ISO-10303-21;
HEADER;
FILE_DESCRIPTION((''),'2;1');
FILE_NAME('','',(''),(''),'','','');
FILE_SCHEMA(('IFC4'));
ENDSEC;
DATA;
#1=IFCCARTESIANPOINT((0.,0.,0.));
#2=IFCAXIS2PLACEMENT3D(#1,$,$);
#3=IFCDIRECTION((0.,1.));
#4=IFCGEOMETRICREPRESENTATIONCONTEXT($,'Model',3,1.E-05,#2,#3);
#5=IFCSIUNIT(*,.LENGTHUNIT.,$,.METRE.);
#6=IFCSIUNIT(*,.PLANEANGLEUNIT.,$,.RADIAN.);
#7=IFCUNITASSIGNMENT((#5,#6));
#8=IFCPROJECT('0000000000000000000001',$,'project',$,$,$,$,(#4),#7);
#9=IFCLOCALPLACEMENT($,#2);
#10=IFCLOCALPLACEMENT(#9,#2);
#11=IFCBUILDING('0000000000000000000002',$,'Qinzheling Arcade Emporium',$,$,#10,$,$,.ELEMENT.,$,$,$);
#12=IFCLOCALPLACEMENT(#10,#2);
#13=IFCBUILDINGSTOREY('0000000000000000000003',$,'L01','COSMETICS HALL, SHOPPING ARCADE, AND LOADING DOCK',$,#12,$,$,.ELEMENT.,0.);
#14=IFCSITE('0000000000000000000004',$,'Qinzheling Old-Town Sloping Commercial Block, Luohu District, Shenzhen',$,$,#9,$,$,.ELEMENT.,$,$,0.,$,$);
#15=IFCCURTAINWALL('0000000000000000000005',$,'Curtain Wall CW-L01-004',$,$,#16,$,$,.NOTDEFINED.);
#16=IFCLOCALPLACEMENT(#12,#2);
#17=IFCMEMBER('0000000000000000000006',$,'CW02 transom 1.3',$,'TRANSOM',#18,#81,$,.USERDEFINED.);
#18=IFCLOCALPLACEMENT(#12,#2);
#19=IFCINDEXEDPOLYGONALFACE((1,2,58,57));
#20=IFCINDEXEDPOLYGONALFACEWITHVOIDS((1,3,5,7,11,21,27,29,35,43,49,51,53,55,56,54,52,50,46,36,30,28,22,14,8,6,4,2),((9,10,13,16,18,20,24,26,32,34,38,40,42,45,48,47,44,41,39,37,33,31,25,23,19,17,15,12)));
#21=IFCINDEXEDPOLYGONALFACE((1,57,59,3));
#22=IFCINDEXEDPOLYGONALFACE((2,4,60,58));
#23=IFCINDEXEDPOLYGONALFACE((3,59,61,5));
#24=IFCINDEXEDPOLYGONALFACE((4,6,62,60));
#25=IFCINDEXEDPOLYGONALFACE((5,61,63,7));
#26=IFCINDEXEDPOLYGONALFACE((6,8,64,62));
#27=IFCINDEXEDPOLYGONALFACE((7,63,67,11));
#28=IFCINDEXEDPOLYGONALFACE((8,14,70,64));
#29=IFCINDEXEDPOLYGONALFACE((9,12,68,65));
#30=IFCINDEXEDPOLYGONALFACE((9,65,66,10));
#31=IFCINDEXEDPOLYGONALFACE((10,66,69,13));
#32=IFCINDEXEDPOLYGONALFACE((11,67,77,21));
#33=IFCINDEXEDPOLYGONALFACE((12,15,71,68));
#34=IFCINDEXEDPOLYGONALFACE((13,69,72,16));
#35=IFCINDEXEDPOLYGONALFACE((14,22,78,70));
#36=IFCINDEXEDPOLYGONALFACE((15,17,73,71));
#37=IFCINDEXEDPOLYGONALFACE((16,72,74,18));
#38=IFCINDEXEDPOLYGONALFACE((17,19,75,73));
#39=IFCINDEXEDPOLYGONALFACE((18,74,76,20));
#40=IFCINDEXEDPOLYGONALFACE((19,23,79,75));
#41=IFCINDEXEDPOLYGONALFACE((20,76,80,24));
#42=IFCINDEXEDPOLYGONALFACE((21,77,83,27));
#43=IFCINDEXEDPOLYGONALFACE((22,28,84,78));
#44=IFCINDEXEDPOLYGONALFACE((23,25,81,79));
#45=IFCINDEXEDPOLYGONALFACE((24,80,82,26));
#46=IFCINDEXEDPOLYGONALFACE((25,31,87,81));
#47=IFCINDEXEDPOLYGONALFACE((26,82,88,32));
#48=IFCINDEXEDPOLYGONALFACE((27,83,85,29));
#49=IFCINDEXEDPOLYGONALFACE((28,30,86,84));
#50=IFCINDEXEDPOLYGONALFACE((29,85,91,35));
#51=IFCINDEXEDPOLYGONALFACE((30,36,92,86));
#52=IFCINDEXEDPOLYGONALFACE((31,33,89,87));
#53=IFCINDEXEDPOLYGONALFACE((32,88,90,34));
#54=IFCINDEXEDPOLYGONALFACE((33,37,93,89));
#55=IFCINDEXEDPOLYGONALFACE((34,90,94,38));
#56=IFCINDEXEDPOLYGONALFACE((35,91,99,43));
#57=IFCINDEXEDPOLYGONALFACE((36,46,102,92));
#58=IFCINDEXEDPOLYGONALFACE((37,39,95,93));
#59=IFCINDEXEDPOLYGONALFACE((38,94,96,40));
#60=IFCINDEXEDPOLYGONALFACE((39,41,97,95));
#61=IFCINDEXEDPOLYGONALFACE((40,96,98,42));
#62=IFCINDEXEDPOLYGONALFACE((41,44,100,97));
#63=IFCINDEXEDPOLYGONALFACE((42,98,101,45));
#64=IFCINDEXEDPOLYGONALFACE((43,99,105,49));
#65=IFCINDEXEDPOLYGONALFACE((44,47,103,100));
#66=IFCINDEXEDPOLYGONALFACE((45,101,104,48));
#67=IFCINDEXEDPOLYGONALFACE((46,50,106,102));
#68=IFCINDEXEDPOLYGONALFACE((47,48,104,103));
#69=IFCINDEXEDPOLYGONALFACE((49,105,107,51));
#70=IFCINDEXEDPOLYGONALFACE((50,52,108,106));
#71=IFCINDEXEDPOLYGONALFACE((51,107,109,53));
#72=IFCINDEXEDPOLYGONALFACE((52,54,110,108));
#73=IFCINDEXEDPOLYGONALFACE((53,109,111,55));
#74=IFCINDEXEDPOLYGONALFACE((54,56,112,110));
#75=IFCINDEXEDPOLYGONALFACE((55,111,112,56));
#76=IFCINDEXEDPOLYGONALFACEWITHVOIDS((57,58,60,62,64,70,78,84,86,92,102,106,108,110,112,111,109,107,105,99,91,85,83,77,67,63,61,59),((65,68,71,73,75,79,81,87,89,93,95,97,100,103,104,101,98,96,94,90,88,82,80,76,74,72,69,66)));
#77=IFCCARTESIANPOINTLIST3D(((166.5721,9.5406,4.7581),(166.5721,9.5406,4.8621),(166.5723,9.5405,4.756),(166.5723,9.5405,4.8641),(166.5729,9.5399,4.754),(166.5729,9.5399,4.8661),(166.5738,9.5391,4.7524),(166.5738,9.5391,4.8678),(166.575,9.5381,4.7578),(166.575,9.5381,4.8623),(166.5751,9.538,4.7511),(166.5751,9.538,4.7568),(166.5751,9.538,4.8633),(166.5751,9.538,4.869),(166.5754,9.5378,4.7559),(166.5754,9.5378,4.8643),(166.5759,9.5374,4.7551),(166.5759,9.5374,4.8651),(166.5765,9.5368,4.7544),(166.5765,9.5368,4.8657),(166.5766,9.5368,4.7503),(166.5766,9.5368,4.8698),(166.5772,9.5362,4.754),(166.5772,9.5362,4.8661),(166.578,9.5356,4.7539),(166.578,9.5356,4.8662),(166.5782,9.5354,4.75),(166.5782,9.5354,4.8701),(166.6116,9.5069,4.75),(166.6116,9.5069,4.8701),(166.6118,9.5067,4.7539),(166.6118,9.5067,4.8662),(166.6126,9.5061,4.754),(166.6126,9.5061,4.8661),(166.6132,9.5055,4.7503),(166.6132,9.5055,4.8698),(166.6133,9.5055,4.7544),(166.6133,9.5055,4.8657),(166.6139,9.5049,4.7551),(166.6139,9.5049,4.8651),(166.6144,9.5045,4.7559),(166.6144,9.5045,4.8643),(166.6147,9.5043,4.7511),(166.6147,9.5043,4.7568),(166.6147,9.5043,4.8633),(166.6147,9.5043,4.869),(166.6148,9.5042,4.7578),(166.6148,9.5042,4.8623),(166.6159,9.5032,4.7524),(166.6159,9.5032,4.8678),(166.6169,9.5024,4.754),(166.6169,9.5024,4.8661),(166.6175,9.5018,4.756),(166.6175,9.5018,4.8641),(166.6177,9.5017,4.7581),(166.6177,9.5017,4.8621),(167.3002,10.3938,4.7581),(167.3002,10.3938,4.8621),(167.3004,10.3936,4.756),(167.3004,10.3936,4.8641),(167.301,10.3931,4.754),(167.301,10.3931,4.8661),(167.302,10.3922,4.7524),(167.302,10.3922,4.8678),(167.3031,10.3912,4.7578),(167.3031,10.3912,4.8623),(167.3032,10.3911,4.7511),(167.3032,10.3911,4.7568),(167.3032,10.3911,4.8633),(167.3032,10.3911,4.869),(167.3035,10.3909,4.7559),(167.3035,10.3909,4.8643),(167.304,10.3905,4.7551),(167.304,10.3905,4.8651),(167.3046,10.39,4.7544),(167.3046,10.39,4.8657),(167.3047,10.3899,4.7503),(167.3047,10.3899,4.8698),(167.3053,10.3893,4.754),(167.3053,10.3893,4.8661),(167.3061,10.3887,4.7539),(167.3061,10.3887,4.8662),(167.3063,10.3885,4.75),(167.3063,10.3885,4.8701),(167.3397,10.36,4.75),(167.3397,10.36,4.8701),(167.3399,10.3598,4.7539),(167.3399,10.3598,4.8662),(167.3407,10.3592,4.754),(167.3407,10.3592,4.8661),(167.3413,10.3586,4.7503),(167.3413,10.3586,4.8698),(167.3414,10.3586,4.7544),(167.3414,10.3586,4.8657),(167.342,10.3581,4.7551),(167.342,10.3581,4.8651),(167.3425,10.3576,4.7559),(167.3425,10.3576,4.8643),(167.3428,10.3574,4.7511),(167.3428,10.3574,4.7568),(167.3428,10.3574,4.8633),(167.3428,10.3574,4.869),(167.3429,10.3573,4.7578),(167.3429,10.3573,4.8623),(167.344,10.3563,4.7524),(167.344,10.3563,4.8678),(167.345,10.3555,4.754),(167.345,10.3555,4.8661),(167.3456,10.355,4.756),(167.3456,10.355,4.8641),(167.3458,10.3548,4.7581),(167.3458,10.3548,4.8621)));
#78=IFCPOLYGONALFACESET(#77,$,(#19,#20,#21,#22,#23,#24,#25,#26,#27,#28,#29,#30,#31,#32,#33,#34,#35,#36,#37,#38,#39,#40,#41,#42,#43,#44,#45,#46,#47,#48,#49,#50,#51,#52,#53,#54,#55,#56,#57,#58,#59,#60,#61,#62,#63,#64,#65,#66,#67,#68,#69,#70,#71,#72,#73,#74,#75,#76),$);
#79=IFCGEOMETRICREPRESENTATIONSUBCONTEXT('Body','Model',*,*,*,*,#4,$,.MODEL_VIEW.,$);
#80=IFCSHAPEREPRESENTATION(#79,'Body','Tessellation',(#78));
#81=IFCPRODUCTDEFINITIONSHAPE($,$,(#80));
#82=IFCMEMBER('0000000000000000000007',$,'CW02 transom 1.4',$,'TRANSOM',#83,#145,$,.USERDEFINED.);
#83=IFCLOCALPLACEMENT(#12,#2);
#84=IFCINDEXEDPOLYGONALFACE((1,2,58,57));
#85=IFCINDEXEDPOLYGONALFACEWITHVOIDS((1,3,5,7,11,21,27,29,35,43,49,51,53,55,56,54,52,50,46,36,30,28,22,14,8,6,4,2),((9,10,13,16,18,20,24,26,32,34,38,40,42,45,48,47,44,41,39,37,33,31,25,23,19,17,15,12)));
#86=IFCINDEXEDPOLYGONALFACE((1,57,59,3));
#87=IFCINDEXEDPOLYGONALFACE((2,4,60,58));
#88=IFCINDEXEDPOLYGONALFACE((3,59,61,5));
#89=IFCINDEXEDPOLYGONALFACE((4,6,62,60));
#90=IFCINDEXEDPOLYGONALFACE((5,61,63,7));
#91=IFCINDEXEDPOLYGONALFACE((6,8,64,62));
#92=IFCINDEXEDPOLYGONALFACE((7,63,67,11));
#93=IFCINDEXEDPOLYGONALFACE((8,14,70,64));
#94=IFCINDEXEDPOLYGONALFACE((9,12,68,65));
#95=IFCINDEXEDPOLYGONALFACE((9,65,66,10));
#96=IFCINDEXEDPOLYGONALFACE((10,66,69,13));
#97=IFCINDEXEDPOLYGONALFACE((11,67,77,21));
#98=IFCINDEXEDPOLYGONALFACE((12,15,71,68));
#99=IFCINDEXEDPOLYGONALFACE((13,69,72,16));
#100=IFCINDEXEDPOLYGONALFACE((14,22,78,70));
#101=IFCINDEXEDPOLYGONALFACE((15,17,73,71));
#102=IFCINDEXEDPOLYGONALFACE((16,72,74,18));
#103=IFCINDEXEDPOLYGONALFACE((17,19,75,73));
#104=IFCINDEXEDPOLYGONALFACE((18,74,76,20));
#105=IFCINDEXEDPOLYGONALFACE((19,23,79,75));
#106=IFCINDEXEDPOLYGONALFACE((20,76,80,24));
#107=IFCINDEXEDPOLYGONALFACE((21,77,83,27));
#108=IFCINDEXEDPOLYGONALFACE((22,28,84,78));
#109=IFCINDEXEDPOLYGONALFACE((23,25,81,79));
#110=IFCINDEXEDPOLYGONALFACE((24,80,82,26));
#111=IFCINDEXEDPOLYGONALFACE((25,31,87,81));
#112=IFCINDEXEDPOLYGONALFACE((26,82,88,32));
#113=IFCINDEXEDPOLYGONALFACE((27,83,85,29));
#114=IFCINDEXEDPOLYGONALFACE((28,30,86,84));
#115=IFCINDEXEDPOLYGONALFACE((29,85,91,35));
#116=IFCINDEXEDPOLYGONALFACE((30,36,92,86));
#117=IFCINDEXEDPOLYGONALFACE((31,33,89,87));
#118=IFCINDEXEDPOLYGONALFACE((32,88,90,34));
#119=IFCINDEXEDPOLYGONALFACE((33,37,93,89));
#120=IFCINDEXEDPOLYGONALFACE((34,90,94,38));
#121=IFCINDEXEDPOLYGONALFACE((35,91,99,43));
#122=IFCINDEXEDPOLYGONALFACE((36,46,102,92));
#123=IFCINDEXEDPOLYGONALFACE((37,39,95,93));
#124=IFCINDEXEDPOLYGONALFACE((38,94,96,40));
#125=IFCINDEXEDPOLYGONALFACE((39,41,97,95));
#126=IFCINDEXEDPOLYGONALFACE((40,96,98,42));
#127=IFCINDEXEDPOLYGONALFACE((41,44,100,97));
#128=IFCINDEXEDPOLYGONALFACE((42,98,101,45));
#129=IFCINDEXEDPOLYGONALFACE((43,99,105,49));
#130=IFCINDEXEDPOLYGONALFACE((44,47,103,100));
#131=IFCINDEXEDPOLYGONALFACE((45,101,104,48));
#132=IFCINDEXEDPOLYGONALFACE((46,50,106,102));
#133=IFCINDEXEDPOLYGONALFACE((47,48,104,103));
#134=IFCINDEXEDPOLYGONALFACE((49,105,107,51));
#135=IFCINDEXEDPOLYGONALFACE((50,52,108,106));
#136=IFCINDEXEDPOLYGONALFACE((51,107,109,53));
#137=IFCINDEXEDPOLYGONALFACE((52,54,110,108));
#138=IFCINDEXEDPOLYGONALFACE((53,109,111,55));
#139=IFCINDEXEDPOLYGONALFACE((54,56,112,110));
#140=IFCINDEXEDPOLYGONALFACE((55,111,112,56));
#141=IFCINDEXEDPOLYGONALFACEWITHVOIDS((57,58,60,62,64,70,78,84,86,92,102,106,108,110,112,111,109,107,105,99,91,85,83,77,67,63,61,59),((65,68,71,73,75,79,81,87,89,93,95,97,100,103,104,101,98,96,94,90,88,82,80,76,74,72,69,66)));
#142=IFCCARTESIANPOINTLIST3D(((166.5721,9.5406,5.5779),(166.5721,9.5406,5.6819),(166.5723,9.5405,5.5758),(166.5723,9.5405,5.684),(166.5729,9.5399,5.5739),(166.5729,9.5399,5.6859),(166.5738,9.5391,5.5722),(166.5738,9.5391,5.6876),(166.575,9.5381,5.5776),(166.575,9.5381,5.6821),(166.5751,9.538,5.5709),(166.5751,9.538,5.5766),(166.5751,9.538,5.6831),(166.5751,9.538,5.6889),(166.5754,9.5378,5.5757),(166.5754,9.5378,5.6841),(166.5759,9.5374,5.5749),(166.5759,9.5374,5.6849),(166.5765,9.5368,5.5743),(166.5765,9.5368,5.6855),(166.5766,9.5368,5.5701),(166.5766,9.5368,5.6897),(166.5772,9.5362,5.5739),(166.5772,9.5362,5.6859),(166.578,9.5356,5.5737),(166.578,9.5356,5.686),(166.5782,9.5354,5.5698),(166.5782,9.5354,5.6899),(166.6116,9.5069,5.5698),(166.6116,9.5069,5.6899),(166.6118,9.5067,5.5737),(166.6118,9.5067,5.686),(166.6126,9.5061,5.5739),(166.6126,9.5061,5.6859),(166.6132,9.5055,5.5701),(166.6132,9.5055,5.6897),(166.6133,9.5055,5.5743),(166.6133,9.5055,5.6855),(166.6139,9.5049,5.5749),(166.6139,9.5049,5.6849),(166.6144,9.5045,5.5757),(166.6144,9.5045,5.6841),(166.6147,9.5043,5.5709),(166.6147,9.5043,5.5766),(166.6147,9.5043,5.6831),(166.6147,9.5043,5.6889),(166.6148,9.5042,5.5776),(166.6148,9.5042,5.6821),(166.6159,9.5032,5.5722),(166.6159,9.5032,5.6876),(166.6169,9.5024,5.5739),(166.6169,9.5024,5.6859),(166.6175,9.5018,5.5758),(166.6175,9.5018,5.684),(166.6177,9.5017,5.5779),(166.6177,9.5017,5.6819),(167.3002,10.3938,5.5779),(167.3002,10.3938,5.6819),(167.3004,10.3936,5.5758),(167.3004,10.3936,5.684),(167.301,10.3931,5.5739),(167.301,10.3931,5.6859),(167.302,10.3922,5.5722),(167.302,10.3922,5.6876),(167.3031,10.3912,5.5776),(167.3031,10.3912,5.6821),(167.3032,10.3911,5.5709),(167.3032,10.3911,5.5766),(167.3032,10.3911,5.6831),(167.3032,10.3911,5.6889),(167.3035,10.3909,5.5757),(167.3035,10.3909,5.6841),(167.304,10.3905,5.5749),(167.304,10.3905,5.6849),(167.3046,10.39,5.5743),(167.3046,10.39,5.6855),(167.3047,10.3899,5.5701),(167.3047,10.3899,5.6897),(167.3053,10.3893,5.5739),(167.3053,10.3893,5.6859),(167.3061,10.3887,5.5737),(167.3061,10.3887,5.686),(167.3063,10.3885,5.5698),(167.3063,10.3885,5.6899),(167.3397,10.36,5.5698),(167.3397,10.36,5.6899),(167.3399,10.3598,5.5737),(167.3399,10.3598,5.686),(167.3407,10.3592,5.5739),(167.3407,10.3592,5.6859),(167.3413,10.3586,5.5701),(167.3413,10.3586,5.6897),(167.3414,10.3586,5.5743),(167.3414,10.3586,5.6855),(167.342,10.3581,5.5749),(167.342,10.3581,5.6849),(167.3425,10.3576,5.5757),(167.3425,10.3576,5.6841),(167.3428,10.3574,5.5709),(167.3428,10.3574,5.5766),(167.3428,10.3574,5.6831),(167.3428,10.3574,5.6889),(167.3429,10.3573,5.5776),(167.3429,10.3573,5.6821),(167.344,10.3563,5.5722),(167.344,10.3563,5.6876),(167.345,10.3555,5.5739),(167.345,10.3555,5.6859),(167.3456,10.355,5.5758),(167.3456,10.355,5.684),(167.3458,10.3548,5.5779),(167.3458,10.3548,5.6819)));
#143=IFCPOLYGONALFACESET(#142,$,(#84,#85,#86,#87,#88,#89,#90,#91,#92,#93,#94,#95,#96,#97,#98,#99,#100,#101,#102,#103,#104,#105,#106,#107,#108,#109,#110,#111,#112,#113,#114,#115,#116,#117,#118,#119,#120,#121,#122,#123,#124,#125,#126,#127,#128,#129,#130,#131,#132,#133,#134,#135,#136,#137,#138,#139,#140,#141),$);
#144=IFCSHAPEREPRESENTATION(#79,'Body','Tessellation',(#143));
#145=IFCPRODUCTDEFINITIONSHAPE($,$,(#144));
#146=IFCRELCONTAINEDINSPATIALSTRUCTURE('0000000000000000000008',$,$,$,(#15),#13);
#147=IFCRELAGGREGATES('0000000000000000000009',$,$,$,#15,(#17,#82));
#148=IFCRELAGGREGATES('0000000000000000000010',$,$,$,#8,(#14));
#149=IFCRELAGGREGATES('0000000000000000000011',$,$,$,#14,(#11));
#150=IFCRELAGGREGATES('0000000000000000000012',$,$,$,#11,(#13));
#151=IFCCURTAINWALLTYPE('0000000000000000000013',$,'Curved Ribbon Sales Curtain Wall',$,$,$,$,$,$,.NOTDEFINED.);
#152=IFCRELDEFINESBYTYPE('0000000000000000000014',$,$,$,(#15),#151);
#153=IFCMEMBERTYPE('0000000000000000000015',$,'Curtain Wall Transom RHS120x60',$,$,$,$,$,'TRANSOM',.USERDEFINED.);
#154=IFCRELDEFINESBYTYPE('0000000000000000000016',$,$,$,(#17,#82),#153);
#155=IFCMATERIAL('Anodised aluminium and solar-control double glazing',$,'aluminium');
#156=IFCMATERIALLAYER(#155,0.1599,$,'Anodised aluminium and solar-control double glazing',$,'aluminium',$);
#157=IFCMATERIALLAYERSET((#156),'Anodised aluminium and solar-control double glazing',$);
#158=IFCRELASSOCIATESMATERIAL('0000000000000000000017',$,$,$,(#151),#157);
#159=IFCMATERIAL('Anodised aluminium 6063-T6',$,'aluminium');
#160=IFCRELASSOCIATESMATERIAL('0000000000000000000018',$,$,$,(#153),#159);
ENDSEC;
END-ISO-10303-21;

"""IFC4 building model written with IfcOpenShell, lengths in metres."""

from ifc_helpers import new_model, si_unit, direction, frame, origin, origin_2d, place, context, subcontext, project, spatial, hollow_rectangle, extrude, material, layer, layer_set, material_profile, profile_set, type_object, element, aggregate, save


model = new_model("IFC4")

# Units and contexts
model_context = context("Model", 3, precision=1e-05, world=origin(), true_north=direction((0.0, 1.0)))
body_context = subcontext(model_context, "Body", "Model", "MODEL_VIEW")
ifc_project = project(units=[si_unit("LENGTHUNIT", "METRE"), si_unit("PLANEANGLEUNIT", "RADIAN")], contexts=[model_context])

# Site, building, storey
site_placement = place(None, origin())
site = spatial("IfcSite", under=ifc_project, at=site_placement, Name="Qinzheling Old-Town Sloping Commercial Block, Luohu District, Shenzhen", CompositionType="ELEMENT", RefElevation=0.0)
building_placement = place(site_placement, origin())
building = spatial("IfcBuilding", under=site, at=building_placement, Name="Qinzheling Arcade Emporium", CompositionType="ELEMENT")
storey_placement = place(building_placement, origin())
storey = spatial("IfcBuildingStorey", under=building, at=storey_placement, Name="L01", Description="COSMETICS HALL, SHOPPING ARCADE, AND LOADING DOCK", CompositionType="ELEMENT", Elevation=0.0)

# Shared definitions
ifc_material_1 = material(Name="Anodised aluminium and solar-control double glazing", Category="aluminium")
ifc_layer_1 = layer(ifc_material_1, 0.1599, Name="Anodised aluminium and solar-control double glazing", Category="aluminium")
ifc_layer_set_1 = layer_set([ifc_layer_1], Name="Anodised aluminium and solar-control double glazing")
curtain_wall_type = type_object("IfcCurtainWallType", Name="Curved Ribbon Sales Curtain Wall", PredefinedType="NOTDEFINED", material=ifc_layer_set_1)
ifc_material_2 = material(Name="Anodised aluminium 6063-T6", Category="aluminium")

# Curtain wall
curtain_wall_1_placement = place(storey_placement, origin())
curtain_wall_1 = element("IfcCurtainWall", 1, at=curtain_wall_1_placement, inside=storey, type_object=curtain_wall_type, Name="Curtain Wall CW-L01-004", PredefinedType="NOTDEFINED")

# Members
ifc_material_profile_1 = material_profile(ifc_material_2, hollow_rectangle(XDim=0.0601, YDim=0.1201, WallThickness=0.0039, InnerFilletRadius=0.0039, OuterFilletRadius=0.0081, at=origin_2d()), Name="RHS 120x60x4", Category="aluminium")
ifc_profile_set_1 = profile_set([ifc_material_profile_1], Name="Anodised aluminium 6063-T6")
member_type_1 = type_object("IfcMemberType", Name="Curtain Wall Transom RHS120x60", ElementType="TRANSOM", PredefinedType="USERDEFINED", material=ifc_profile_set_1)
member_1_placement = place(storey_placement, frame((167.323, 10.3743, 4.8101), z_axis=(-0.649176, -0.760638, 0.0), x_axis=(0.760638, -0.649176, 0.0)))
member_1 = element("IfcMember", 2, at=member_1_placement, type_object=member_type_1, Name="CW02 transom 1.3", ObjectType="TRANSOM", PredefinedType="USERDEFINED", context=body_context, shape_type="SweptSolid", body=[
    extrude(hollow_rectangle(XDim=0.0601, YDim=0.1201, WallThickness=0.0039, InnerFilletRadius=0.0039, OuterFilletRadius=0.0081, at=origin_2d()), origin(), (0.0, 0.0, 1.0), 1.1216),
])
member_2_placement = place(storey_placement, frame((167.323, 10.3743, 5.6299), z_axis=(-0.649176, -0.760638, 0.0), x_axis=(0.760638, -0.649176, 0.0)))
member_2 = element("IfcMember", 3, at=member_2_placement, type_object=member_type_1, Name="CW02 transom 1.4", ObjectType="TRANSOM", PredefinedType="USERDEFINED", context=body_context, shape_type="SweptSolid", body=[
    extrude(hollow_rectangle(XDim=0.0601, YDim=0.1201, WallThickness=0.0039, InnerFilletRadius=0.0039, OuterFilletRadius=0.0081, at=origin_2d()), origin(), (0.0, 0.0, 1.0), 1.1216),
])

aggregate(curtain_wall_1, [member_1, member_2])

save(model, "model.ifc")
